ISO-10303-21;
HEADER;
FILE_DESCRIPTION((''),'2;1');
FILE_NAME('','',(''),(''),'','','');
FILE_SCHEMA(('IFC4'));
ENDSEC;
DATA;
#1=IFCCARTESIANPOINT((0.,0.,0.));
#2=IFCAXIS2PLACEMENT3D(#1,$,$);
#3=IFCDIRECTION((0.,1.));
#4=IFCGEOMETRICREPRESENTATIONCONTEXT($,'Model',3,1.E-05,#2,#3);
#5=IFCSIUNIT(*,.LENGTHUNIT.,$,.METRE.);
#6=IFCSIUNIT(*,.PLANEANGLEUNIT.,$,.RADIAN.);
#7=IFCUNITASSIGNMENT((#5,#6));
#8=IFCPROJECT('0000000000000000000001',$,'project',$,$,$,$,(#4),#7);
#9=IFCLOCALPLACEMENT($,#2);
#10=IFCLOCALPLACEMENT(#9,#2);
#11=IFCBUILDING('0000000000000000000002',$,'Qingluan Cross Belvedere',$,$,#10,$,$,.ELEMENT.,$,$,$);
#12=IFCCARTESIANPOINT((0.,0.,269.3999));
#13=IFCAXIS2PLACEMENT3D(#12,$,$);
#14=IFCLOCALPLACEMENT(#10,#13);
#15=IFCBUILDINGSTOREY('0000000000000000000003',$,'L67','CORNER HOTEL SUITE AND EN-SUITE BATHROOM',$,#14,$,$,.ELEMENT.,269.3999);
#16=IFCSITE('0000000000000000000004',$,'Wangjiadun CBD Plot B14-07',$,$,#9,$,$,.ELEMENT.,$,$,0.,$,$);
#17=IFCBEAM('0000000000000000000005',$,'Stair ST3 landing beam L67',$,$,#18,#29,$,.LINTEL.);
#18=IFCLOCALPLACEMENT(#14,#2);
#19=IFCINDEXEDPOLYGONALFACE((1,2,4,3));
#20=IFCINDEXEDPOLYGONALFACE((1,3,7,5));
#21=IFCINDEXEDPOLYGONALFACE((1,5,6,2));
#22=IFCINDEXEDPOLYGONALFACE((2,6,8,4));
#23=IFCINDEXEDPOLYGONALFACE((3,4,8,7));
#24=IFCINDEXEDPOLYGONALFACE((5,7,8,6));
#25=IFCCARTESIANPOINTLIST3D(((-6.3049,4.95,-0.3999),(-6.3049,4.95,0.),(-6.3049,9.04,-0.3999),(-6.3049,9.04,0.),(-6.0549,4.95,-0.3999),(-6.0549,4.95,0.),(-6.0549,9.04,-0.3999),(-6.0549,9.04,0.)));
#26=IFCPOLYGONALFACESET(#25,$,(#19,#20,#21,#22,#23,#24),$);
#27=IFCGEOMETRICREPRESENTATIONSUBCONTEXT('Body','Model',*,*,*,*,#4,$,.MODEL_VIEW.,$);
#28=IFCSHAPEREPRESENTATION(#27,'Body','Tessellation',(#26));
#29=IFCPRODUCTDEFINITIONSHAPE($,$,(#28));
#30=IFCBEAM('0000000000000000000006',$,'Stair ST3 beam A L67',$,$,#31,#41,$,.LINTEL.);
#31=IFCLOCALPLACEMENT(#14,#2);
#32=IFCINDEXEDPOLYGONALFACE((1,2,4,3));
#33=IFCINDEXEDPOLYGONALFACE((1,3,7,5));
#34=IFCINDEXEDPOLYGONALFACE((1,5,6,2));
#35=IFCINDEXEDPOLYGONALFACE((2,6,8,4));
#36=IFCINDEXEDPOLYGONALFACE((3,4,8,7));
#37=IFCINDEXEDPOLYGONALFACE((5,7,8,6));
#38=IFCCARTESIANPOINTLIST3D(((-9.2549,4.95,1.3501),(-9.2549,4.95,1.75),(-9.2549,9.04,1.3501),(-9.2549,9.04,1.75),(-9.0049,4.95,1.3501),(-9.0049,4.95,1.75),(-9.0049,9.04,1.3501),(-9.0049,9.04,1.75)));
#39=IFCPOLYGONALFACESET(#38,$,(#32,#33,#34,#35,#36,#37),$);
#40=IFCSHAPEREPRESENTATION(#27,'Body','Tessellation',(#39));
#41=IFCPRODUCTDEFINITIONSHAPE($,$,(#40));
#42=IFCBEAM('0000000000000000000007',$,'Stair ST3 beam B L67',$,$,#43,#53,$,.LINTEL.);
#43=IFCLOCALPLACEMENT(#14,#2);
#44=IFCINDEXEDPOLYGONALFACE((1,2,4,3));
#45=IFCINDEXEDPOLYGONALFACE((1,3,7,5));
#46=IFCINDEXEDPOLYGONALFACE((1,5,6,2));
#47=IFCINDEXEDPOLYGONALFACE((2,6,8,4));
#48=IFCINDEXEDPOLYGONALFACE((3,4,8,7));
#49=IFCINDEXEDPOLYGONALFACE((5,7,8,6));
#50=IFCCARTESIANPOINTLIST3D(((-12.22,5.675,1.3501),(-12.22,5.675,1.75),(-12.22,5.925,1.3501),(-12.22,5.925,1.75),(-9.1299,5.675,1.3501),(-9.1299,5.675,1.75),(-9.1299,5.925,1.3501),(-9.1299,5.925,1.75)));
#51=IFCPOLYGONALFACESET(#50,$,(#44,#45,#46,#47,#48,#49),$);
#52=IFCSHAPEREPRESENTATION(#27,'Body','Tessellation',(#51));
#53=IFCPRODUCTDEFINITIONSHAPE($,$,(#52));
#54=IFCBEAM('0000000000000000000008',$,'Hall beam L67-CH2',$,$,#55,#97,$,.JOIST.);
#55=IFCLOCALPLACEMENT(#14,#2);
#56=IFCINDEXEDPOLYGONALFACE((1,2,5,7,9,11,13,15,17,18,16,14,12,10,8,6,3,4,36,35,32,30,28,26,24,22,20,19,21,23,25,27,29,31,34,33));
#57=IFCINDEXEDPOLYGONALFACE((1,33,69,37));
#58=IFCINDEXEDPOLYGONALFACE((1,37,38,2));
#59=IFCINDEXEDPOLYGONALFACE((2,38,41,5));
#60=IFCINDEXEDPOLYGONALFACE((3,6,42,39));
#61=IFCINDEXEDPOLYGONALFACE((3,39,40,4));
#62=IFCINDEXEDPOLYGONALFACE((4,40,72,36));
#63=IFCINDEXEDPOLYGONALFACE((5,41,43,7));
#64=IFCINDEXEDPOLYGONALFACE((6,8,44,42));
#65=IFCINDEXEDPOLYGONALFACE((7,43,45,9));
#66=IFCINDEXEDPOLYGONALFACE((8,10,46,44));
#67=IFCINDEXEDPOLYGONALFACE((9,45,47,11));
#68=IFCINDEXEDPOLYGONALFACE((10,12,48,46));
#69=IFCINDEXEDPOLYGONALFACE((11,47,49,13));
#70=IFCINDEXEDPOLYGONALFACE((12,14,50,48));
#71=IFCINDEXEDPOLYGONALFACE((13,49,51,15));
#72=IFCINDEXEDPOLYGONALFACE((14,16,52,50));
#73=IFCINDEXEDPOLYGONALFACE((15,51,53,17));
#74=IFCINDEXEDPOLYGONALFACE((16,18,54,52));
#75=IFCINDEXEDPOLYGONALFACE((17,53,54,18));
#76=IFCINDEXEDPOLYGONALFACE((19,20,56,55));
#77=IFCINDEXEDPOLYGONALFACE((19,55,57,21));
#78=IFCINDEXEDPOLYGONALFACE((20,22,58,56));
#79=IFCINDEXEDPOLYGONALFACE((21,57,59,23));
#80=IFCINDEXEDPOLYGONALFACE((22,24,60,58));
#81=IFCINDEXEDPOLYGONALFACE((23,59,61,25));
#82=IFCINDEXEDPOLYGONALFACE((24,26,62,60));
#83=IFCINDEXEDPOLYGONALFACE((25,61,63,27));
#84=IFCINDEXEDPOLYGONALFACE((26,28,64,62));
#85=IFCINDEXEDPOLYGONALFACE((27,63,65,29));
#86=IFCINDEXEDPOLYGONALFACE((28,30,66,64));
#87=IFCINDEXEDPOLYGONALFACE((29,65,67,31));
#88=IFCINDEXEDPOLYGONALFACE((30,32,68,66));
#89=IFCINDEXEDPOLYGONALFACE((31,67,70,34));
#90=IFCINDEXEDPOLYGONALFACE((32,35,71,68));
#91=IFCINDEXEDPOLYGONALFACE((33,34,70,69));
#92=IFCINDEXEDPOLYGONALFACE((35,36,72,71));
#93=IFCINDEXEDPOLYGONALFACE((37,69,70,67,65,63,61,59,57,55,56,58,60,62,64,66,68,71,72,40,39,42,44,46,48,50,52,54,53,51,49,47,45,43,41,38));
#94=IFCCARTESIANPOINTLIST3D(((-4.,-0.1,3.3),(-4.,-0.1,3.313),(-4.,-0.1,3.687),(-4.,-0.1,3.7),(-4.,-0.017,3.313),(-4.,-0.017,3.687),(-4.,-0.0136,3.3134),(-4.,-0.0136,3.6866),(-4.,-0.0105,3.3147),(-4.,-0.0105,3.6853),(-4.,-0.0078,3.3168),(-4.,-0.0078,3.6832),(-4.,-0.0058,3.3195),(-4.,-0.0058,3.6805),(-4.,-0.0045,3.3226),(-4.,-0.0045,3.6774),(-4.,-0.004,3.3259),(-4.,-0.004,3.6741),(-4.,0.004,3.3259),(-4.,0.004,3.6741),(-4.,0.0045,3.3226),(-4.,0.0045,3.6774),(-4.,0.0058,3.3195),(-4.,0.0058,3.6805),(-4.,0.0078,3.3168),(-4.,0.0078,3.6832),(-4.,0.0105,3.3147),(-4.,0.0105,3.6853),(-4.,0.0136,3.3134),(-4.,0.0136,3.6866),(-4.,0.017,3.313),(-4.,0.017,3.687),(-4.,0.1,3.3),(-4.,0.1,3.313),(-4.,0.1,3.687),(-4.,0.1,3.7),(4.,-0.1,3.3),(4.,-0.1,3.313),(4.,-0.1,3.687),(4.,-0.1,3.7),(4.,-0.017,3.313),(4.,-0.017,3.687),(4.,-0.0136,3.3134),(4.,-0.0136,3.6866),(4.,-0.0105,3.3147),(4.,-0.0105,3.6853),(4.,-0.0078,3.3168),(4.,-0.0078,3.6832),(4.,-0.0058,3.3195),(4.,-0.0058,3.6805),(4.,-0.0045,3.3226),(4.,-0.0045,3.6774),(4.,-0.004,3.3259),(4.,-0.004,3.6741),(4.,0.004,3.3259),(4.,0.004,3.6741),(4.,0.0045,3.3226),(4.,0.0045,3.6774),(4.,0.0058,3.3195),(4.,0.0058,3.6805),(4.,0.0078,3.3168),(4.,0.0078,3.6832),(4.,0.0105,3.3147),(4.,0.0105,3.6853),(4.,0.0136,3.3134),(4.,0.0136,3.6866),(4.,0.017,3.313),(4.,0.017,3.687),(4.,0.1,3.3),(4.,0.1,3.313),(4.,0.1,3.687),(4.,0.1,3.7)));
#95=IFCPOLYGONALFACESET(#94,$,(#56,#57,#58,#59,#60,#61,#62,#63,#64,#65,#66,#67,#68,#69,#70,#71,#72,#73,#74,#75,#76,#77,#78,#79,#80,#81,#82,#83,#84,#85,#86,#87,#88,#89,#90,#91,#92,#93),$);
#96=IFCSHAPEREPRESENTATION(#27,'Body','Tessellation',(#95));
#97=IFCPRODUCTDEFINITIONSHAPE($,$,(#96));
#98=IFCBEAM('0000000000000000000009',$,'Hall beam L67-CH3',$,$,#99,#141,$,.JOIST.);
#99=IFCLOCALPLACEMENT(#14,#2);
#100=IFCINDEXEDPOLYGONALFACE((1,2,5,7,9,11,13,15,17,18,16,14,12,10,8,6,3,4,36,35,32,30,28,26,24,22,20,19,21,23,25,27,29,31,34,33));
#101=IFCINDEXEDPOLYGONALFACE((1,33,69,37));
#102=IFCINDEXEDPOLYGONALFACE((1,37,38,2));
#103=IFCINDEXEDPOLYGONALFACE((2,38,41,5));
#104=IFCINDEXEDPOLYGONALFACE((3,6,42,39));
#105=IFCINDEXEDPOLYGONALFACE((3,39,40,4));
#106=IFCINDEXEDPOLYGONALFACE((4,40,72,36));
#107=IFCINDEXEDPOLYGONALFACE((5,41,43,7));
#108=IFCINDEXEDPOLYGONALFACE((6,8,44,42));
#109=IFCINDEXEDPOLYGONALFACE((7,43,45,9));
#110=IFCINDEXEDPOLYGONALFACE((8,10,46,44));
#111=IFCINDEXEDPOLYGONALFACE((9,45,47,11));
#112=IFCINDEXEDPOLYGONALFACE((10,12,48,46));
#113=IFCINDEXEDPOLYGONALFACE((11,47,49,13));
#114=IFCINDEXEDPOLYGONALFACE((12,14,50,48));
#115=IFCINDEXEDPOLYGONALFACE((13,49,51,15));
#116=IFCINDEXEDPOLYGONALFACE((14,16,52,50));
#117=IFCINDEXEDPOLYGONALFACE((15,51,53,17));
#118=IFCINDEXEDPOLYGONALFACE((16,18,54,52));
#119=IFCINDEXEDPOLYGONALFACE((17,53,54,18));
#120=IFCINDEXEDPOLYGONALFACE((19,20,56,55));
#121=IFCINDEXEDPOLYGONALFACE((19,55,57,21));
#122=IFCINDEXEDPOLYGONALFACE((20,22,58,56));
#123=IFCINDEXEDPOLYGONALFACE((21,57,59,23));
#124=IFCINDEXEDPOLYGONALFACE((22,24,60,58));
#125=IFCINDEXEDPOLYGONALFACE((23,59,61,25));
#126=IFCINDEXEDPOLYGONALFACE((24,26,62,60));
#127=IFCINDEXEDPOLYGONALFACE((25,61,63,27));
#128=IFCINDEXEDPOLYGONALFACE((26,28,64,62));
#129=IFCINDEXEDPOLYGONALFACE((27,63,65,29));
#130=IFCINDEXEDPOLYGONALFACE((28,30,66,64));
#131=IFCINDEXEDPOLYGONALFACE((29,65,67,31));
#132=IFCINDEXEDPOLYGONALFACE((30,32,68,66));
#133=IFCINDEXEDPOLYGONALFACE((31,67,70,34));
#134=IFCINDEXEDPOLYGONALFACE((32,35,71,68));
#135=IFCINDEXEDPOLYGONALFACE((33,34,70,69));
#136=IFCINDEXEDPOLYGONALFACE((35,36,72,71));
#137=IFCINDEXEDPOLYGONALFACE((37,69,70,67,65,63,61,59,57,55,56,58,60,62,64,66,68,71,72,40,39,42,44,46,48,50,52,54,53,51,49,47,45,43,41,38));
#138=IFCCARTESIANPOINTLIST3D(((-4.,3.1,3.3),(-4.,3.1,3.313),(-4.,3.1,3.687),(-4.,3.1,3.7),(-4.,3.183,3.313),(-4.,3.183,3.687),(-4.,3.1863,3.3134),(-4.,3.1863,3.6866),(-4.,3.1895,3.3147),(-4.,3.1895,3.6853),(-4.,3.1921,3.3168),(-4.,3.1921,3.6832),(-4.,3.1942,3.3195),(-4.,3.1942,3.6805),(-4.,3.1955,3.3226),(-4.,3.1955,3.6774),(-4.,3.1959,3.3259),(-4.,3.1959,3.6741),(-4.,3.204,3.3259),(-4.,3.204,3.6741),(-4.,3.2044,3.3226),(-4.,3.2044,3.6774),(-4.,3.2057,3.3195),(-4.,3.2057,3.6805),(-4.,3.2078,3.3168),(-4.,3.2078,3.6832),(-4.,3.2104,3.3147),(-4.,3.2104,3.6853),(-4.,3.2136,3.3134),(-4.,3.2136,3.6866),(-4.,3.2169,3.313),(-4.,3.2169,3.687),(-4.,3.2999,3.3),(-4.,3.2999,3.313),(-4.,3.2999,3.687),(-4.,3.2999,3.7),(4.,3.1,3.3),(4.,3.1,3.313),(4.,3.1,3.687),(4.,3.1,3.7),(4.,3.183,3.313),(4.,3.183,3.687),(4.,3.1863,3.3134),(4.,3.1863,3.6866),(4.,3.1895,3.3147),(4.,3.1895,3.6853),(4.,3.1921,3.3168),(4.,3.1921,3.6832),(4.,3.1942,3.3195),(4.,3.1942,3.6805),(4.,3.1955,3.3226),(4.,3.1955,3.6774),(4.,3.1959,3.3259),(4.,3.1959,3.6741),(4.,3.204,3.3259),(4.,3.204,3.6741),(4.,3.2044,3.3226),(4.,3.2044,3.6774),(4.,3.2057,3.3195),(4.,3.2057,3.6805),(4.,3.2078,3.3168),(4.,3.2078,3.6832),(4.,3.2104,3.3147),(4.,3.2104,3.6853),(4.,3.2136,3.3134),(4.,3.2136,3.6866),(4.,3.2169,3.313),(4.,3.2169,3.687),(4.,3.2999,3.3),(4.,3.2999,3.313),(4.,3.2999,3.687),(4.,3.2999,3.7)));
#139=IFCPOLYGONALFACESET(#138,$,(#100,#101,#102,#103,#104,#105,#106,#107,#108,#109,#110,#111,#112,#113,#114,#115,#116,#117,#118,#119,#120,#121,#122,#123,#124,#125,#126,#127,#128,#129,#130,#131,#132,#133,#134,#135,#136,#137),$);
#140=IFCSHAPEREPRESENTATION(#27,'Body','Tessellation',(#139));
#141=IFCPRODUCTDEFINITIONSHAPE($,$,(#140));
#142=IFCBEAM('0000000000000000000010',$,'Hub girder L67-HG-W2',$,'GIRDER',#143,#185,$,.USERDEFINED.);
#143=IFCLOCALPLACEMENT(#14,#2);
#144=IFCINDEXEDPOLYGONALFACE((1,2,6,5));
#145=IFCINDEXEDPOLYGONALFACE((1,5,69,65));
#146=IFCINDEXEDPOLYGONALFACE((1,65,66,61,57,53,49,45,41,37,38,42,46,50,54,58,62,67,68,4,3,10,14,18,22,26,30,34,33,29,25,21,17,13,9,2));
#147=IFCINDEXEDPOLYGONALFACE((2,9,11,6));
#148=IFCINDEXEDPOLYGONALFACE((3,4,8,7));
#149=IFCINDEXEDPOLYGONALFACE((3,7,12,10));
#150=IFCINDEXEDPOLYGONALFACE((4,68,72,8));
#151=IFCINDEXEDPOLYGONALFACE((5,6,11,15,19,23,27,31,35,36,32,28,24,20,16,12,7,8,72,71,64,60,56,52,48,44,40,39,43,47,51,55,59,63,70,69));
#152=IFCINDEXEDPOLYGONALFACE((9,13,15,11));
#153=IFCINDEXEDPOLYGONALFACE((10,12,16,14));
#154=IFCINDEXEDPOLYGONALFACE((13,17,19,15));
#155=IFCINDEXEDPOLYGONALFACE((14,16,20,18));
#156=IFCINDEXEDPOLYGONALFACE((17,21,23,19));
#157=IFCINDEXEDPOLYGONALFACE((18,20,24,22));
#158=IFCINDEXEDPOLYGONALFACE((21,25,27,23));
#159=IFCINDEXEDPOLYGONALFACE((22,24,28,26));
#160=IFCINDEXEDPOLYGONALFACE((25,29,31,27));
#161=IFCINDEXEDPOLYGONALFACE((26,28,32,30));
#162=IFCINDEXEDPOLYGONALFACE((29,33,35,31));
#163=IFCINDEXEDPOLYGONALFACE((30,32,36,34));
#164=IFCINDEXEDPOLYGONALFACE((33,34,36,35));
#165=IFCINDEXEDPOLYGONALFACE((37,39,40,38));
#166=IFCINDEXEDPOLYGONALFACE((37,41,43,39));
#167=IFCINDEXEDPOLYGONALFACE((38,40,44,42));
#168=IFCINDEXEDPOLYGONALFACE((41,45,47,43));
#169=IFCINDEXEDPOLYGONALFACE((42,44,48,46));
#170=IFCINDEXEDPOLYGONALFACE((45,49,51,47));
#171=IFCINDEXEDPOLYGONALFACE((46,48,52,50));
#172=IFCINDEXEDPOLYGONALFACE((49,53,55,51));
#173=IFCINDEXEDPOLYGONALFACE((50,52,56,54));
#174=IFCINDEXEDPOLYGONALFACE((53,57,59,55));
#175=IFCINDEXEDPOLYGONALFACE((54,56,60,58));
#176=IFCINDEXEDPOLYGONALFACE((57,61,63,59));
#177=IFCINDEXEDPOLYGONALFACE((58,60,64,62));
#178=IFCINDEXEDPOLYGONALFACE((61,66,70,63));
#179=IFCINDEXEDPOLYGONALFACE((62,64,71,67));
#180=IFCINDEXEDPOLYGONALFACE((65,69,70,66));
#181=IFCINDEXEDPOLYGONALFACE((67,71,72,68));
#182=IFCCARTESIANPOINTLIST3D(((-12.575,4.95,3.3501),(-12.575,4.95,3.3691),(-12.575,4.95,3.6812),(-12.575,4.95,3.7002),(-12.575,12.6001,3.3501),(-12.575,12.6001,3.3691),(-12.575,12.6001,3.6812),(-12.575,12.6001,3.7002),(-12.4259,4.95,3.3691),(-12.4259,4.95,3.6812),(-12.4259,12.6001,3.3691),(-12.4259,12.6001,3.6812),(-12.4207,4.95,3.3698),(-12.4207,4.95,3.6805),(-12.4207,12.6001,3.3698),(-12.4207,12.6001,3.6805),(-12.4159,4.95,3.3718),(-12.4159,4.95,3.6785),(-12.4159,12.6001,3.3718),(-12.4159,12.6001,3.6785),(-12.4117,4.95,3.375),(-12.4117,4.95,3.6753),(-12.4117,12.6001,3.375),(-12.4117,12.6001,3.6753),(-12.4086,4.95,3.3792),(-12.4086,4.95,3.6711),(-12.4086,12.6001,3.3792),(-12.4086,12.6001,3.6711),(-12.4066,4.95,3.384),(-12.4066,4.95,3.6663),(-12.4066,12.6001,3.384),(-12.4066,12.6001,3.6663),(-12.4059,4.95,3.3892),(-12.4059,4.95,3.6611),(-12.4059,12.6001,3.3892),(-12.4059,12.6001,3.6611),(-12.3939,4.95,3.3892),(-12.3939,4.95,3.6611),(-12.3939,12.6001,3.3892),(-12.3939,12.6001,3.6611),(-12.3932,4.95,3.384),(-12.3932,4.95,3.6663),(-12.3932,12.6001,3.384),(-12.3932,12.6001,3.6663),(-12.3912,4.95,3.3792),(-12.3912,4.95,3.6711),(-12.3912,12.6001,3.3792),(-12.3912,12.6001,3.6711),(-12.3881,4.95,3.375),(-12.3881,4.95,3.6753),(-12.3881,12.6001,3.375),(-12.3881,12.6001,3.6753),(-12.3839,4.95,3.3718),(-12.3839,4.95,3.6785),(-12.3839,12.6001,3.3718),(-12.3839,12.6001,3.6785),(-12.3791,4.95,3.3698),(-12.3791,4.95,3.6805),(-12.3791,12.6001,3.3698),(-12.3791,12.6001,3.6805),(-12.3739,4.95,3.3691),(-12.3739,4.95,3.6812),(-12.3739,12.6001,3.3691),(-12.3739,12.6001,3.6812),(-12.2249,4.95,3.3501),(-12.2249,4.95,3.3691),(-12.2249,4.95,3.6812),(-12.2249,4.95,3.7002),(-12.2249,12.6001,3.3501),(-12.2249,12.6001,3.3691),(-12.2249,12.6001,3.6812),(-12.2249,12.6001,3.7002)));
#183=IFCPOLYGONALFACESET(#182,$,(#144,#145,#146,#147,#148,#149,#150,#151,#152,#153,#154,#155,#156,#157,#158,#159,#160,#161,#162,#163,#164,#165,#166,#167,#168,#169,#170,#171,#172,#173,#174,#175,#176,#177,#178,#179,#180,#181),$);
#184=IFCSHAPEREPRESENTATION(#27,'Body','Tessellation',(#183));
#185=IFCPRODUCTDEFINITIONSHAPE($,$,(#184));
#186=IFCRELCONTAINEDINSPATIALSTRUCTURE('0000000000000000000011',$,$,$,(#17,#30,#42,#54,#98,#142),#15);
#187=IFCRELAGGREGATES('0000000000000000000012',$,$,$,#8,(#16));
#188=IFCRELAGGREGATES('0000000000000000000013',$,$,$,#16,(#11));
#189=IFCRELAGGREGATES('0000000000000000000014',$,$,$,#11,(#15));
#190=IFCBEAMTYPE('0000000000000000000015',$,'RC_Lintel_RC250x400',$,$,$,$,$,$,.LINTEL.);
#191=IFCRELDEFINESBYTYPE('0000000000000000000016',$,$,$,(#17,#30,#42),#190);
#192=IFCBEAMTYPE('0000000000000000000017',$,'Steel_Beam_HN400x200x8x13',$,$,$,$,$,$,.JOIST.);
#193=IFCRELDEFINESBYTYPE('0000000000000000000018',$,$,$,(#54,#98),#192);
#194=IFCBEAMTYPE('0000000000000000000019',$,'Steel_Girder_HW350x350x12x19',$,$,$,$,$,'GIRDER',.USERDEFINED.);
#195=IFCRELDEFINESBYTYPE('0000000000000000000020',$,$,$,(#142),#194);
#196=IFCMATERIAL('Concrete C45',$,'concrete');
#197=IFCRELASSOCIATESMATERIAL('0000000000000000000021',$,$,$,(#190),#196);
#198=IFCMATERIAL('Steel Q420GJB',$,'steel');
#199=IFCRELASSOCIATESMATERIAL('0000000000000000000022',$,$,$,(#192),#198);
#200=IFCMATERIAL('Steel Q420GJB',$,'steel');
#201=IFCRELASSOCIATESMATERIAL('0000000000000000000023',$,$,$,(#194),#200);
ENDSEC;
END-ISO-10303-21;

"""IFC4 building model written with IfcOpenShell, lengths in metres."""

from ifc_helpers import new_model, si_unit, direction, frame, origin, origin_2d, place, context, subcontext, project, spatial, rectangle, i_section, extrude, material, material_profile, profile_set, type_object, element, save


model = new_model("IFC4")

# Units and contexts
model_context = context("Model", 3, precision=1e-05, world=origin(), true_north=direction((0.0, 1.0)))
body_context = subcontext(model_context, "Body", "Model", "MODEL_VIEW")
ifc_project = project(units=[si_unit("LENGTHUNIT", "METRE"), si_unit("PLANEANGLEUNIT", "RADIAN")], contexts=[model_context])

# Site, building, storey
site_placement = place(None, origin())
site = spatial("IfcSite", under=ifc_project, at=site_placement, Name="Wangjiadun CBD Plot B14-07", CompositionType="ELEMENT", RefElevation=0.0)
building_placement = place(site_placement, origin())
building = spatial("IfcBuilding", under=site, at=building_placement, Name="Qingluan Cross Belvedere", CompositionType="ELEMENT")
storey_placement = place(building_placement, frame((0.0, 0.0, 269.3999)))
storey = spatial("IfcBuildingStorey", under=building, at=storey_placement, Name="L67", Description="CORNER HOTEL SUITE AND EN-SUITE BATHROOM", CompositionType="ELEMENT", Elevation=269.3999)

# Beams
ifc_material_1 = material(Name="Concrete C45", Category="concrete")
ifc_material_profile_1 = material_profile(ifc_material_1, rectangle(XDim=0.25, YDim=0.3999, at=origin_2d()), Name="RC250x400")
ifc_profile_set_1 = profile_set([ifc_material_profile_1], Name="Concrete C45")
beam_type_1 = type_object("IfcBeamType", Name="RC_Lintel_RC250x400", PredefinedType="LINTEL", material=ifc_profile_set_1)
for number, where, z_axis, x_axis, name in (
    (1, (-6.1799, 4.95, -0.2), (0.0, 1.0, 0.0), (-1.0, 0.0, 0.0), "Stair ST3 landing beam L67"),
    (2, (-9.1299, 4.95, 1.55), (0.0, 1.0, 0.0), (-1.0, 0.0, 0.0), "Stair ST3 beam A L67"),
):
    element("IfcBeam", number, at=place(storey_placement, frame(where, z_axis=z_axis, x_axis=x_axis)), inside=storey, type_object=beam_type_1, Name=name, PredefinedType="LINTEL", context=body_context, shape_type="SweptSolid", body=[
        extrude(rectangle(XDim=0.25, YDim=0.3999, at=origin_2d()), origin(), (0.0, 0.0, 1.0), 4.0901),
    ])
beam_1_placement = place(storey_placement, frame((-12.22, 5.8, 1.55), z_axis=(1.0, 0.0, 0.0), x_axis=(0.0, 1.0, 0.0)))
element("IfcBeam", 3, at=beam_1_placement, inside=storey, type_object=beam_type_1, Name="Stair ST3 beam B L67", PredefinedType="LINTEL", context=body_context, shape_type="SweptSolid", body=[
    extrude(rectangle(XDim=0.25, YDim=0.3999, at=origin_2d()), origin(), (0.0, 0.0, 1.0), 3.0901),
])
ifc_material_2 = material(Name="Steel Q420GJB", Category="steel")
ifc_material_profile_2 = material_profile(ifc_material_2, i_section(OverallWidth=0.2, OverallDepth=0.3999, WebThickness=0.0081, FlangeThickness=0.0129, FilletRadius=0.0129, at=origin_2d()), Name="HN400x200x8x13")
ifc_profile_set_2 = profile_set([ifc_material_profile_2], Name="Steel Q420GJB")
beam_type_2 = type_object("IfcBeamType", Name="Steel_Beam_HN400x200x8x13", PredefinedType="JOIST", material=ifc_profile_set_2)
for number, where, z_axis, x_axis, name in (
    (4, (-4.0, 0.0, 3.5), (1.0, 0.0, 0.0), (0.0, 1.0, 0.0), "Hall beam L67-CH2"),
    (5, (-4.0, 3.2, 3.5), (1.0, 0.0, 0.0), (0.0, 1.0, 0.0), "Hall beam L67-CH3"),
):
    element("IfcBeam", number, at=place(storey_placement, frame(where, z_axis=z_axis, x_axis=x_axis)), inside=storey, type_object=beam_type_2, Name=name, PredefinedType="JOIST", context=body_context, shape_type="SweptSolid", body=[
        extrude(i_section(OverallWidth=0.2, OverallDepth=0.3999, WebThickness=0.0081, FlangeThickness=0.0129, FilletRadius=0.0129, at=origin_2d()), origin(), (0.0, 0.0, 1.0), 8.0),
    ])
ifc_material_3 = material(Name="Steel Q420GJB", Category="steel")
ifc_material_profile_3 = material_profile(ifc_material_3, i_section(OverallWidth=0.3501, OverallDepth=0.3501, WebThickness=0.012, FlangeThickness=0.019, FilletRadius=0.02, at=origin_2d()), Name="HW350x350x12x19")
ifc_profile_set_3 = profile_set([ifc_material_profile_3], Name="Steel Q420GJB")
beam_type_3 = type_object("IfcBeamType", Name="Steel_Girder_HW350x350x12x19", ElementType="GIRDER", PredefinedType="USERDEFINED", material=ifc_profile_set_3)
beam_2_placement = place(storey_placement, frame((-12.3999, 4.95, 3.5251), z_axis=(0.0, 1.0, 0.0), x_axis=(-1.0, 0.0, 0.0)))
element("IfcBeam", 6, at=beam_2_placement, inside=storey, type_object=beam_type_3, Name="Hub girder L67-HG-W2", ObjectType="GIRDER", PredefinedType="USERDEFINED", context=body_context, shape_type="SweptSolid", body=[
    extrude(i_section(OverallWidth=0.3501, OverallDepth=0.3501, WebThickness=0.012, FlangeThickness=0.019, FilletRadius=0.02, at=origin_2d()), origin(), (0.0, 0.0, 1.0), 7.6501),
])

save(model, "model.ifc")
